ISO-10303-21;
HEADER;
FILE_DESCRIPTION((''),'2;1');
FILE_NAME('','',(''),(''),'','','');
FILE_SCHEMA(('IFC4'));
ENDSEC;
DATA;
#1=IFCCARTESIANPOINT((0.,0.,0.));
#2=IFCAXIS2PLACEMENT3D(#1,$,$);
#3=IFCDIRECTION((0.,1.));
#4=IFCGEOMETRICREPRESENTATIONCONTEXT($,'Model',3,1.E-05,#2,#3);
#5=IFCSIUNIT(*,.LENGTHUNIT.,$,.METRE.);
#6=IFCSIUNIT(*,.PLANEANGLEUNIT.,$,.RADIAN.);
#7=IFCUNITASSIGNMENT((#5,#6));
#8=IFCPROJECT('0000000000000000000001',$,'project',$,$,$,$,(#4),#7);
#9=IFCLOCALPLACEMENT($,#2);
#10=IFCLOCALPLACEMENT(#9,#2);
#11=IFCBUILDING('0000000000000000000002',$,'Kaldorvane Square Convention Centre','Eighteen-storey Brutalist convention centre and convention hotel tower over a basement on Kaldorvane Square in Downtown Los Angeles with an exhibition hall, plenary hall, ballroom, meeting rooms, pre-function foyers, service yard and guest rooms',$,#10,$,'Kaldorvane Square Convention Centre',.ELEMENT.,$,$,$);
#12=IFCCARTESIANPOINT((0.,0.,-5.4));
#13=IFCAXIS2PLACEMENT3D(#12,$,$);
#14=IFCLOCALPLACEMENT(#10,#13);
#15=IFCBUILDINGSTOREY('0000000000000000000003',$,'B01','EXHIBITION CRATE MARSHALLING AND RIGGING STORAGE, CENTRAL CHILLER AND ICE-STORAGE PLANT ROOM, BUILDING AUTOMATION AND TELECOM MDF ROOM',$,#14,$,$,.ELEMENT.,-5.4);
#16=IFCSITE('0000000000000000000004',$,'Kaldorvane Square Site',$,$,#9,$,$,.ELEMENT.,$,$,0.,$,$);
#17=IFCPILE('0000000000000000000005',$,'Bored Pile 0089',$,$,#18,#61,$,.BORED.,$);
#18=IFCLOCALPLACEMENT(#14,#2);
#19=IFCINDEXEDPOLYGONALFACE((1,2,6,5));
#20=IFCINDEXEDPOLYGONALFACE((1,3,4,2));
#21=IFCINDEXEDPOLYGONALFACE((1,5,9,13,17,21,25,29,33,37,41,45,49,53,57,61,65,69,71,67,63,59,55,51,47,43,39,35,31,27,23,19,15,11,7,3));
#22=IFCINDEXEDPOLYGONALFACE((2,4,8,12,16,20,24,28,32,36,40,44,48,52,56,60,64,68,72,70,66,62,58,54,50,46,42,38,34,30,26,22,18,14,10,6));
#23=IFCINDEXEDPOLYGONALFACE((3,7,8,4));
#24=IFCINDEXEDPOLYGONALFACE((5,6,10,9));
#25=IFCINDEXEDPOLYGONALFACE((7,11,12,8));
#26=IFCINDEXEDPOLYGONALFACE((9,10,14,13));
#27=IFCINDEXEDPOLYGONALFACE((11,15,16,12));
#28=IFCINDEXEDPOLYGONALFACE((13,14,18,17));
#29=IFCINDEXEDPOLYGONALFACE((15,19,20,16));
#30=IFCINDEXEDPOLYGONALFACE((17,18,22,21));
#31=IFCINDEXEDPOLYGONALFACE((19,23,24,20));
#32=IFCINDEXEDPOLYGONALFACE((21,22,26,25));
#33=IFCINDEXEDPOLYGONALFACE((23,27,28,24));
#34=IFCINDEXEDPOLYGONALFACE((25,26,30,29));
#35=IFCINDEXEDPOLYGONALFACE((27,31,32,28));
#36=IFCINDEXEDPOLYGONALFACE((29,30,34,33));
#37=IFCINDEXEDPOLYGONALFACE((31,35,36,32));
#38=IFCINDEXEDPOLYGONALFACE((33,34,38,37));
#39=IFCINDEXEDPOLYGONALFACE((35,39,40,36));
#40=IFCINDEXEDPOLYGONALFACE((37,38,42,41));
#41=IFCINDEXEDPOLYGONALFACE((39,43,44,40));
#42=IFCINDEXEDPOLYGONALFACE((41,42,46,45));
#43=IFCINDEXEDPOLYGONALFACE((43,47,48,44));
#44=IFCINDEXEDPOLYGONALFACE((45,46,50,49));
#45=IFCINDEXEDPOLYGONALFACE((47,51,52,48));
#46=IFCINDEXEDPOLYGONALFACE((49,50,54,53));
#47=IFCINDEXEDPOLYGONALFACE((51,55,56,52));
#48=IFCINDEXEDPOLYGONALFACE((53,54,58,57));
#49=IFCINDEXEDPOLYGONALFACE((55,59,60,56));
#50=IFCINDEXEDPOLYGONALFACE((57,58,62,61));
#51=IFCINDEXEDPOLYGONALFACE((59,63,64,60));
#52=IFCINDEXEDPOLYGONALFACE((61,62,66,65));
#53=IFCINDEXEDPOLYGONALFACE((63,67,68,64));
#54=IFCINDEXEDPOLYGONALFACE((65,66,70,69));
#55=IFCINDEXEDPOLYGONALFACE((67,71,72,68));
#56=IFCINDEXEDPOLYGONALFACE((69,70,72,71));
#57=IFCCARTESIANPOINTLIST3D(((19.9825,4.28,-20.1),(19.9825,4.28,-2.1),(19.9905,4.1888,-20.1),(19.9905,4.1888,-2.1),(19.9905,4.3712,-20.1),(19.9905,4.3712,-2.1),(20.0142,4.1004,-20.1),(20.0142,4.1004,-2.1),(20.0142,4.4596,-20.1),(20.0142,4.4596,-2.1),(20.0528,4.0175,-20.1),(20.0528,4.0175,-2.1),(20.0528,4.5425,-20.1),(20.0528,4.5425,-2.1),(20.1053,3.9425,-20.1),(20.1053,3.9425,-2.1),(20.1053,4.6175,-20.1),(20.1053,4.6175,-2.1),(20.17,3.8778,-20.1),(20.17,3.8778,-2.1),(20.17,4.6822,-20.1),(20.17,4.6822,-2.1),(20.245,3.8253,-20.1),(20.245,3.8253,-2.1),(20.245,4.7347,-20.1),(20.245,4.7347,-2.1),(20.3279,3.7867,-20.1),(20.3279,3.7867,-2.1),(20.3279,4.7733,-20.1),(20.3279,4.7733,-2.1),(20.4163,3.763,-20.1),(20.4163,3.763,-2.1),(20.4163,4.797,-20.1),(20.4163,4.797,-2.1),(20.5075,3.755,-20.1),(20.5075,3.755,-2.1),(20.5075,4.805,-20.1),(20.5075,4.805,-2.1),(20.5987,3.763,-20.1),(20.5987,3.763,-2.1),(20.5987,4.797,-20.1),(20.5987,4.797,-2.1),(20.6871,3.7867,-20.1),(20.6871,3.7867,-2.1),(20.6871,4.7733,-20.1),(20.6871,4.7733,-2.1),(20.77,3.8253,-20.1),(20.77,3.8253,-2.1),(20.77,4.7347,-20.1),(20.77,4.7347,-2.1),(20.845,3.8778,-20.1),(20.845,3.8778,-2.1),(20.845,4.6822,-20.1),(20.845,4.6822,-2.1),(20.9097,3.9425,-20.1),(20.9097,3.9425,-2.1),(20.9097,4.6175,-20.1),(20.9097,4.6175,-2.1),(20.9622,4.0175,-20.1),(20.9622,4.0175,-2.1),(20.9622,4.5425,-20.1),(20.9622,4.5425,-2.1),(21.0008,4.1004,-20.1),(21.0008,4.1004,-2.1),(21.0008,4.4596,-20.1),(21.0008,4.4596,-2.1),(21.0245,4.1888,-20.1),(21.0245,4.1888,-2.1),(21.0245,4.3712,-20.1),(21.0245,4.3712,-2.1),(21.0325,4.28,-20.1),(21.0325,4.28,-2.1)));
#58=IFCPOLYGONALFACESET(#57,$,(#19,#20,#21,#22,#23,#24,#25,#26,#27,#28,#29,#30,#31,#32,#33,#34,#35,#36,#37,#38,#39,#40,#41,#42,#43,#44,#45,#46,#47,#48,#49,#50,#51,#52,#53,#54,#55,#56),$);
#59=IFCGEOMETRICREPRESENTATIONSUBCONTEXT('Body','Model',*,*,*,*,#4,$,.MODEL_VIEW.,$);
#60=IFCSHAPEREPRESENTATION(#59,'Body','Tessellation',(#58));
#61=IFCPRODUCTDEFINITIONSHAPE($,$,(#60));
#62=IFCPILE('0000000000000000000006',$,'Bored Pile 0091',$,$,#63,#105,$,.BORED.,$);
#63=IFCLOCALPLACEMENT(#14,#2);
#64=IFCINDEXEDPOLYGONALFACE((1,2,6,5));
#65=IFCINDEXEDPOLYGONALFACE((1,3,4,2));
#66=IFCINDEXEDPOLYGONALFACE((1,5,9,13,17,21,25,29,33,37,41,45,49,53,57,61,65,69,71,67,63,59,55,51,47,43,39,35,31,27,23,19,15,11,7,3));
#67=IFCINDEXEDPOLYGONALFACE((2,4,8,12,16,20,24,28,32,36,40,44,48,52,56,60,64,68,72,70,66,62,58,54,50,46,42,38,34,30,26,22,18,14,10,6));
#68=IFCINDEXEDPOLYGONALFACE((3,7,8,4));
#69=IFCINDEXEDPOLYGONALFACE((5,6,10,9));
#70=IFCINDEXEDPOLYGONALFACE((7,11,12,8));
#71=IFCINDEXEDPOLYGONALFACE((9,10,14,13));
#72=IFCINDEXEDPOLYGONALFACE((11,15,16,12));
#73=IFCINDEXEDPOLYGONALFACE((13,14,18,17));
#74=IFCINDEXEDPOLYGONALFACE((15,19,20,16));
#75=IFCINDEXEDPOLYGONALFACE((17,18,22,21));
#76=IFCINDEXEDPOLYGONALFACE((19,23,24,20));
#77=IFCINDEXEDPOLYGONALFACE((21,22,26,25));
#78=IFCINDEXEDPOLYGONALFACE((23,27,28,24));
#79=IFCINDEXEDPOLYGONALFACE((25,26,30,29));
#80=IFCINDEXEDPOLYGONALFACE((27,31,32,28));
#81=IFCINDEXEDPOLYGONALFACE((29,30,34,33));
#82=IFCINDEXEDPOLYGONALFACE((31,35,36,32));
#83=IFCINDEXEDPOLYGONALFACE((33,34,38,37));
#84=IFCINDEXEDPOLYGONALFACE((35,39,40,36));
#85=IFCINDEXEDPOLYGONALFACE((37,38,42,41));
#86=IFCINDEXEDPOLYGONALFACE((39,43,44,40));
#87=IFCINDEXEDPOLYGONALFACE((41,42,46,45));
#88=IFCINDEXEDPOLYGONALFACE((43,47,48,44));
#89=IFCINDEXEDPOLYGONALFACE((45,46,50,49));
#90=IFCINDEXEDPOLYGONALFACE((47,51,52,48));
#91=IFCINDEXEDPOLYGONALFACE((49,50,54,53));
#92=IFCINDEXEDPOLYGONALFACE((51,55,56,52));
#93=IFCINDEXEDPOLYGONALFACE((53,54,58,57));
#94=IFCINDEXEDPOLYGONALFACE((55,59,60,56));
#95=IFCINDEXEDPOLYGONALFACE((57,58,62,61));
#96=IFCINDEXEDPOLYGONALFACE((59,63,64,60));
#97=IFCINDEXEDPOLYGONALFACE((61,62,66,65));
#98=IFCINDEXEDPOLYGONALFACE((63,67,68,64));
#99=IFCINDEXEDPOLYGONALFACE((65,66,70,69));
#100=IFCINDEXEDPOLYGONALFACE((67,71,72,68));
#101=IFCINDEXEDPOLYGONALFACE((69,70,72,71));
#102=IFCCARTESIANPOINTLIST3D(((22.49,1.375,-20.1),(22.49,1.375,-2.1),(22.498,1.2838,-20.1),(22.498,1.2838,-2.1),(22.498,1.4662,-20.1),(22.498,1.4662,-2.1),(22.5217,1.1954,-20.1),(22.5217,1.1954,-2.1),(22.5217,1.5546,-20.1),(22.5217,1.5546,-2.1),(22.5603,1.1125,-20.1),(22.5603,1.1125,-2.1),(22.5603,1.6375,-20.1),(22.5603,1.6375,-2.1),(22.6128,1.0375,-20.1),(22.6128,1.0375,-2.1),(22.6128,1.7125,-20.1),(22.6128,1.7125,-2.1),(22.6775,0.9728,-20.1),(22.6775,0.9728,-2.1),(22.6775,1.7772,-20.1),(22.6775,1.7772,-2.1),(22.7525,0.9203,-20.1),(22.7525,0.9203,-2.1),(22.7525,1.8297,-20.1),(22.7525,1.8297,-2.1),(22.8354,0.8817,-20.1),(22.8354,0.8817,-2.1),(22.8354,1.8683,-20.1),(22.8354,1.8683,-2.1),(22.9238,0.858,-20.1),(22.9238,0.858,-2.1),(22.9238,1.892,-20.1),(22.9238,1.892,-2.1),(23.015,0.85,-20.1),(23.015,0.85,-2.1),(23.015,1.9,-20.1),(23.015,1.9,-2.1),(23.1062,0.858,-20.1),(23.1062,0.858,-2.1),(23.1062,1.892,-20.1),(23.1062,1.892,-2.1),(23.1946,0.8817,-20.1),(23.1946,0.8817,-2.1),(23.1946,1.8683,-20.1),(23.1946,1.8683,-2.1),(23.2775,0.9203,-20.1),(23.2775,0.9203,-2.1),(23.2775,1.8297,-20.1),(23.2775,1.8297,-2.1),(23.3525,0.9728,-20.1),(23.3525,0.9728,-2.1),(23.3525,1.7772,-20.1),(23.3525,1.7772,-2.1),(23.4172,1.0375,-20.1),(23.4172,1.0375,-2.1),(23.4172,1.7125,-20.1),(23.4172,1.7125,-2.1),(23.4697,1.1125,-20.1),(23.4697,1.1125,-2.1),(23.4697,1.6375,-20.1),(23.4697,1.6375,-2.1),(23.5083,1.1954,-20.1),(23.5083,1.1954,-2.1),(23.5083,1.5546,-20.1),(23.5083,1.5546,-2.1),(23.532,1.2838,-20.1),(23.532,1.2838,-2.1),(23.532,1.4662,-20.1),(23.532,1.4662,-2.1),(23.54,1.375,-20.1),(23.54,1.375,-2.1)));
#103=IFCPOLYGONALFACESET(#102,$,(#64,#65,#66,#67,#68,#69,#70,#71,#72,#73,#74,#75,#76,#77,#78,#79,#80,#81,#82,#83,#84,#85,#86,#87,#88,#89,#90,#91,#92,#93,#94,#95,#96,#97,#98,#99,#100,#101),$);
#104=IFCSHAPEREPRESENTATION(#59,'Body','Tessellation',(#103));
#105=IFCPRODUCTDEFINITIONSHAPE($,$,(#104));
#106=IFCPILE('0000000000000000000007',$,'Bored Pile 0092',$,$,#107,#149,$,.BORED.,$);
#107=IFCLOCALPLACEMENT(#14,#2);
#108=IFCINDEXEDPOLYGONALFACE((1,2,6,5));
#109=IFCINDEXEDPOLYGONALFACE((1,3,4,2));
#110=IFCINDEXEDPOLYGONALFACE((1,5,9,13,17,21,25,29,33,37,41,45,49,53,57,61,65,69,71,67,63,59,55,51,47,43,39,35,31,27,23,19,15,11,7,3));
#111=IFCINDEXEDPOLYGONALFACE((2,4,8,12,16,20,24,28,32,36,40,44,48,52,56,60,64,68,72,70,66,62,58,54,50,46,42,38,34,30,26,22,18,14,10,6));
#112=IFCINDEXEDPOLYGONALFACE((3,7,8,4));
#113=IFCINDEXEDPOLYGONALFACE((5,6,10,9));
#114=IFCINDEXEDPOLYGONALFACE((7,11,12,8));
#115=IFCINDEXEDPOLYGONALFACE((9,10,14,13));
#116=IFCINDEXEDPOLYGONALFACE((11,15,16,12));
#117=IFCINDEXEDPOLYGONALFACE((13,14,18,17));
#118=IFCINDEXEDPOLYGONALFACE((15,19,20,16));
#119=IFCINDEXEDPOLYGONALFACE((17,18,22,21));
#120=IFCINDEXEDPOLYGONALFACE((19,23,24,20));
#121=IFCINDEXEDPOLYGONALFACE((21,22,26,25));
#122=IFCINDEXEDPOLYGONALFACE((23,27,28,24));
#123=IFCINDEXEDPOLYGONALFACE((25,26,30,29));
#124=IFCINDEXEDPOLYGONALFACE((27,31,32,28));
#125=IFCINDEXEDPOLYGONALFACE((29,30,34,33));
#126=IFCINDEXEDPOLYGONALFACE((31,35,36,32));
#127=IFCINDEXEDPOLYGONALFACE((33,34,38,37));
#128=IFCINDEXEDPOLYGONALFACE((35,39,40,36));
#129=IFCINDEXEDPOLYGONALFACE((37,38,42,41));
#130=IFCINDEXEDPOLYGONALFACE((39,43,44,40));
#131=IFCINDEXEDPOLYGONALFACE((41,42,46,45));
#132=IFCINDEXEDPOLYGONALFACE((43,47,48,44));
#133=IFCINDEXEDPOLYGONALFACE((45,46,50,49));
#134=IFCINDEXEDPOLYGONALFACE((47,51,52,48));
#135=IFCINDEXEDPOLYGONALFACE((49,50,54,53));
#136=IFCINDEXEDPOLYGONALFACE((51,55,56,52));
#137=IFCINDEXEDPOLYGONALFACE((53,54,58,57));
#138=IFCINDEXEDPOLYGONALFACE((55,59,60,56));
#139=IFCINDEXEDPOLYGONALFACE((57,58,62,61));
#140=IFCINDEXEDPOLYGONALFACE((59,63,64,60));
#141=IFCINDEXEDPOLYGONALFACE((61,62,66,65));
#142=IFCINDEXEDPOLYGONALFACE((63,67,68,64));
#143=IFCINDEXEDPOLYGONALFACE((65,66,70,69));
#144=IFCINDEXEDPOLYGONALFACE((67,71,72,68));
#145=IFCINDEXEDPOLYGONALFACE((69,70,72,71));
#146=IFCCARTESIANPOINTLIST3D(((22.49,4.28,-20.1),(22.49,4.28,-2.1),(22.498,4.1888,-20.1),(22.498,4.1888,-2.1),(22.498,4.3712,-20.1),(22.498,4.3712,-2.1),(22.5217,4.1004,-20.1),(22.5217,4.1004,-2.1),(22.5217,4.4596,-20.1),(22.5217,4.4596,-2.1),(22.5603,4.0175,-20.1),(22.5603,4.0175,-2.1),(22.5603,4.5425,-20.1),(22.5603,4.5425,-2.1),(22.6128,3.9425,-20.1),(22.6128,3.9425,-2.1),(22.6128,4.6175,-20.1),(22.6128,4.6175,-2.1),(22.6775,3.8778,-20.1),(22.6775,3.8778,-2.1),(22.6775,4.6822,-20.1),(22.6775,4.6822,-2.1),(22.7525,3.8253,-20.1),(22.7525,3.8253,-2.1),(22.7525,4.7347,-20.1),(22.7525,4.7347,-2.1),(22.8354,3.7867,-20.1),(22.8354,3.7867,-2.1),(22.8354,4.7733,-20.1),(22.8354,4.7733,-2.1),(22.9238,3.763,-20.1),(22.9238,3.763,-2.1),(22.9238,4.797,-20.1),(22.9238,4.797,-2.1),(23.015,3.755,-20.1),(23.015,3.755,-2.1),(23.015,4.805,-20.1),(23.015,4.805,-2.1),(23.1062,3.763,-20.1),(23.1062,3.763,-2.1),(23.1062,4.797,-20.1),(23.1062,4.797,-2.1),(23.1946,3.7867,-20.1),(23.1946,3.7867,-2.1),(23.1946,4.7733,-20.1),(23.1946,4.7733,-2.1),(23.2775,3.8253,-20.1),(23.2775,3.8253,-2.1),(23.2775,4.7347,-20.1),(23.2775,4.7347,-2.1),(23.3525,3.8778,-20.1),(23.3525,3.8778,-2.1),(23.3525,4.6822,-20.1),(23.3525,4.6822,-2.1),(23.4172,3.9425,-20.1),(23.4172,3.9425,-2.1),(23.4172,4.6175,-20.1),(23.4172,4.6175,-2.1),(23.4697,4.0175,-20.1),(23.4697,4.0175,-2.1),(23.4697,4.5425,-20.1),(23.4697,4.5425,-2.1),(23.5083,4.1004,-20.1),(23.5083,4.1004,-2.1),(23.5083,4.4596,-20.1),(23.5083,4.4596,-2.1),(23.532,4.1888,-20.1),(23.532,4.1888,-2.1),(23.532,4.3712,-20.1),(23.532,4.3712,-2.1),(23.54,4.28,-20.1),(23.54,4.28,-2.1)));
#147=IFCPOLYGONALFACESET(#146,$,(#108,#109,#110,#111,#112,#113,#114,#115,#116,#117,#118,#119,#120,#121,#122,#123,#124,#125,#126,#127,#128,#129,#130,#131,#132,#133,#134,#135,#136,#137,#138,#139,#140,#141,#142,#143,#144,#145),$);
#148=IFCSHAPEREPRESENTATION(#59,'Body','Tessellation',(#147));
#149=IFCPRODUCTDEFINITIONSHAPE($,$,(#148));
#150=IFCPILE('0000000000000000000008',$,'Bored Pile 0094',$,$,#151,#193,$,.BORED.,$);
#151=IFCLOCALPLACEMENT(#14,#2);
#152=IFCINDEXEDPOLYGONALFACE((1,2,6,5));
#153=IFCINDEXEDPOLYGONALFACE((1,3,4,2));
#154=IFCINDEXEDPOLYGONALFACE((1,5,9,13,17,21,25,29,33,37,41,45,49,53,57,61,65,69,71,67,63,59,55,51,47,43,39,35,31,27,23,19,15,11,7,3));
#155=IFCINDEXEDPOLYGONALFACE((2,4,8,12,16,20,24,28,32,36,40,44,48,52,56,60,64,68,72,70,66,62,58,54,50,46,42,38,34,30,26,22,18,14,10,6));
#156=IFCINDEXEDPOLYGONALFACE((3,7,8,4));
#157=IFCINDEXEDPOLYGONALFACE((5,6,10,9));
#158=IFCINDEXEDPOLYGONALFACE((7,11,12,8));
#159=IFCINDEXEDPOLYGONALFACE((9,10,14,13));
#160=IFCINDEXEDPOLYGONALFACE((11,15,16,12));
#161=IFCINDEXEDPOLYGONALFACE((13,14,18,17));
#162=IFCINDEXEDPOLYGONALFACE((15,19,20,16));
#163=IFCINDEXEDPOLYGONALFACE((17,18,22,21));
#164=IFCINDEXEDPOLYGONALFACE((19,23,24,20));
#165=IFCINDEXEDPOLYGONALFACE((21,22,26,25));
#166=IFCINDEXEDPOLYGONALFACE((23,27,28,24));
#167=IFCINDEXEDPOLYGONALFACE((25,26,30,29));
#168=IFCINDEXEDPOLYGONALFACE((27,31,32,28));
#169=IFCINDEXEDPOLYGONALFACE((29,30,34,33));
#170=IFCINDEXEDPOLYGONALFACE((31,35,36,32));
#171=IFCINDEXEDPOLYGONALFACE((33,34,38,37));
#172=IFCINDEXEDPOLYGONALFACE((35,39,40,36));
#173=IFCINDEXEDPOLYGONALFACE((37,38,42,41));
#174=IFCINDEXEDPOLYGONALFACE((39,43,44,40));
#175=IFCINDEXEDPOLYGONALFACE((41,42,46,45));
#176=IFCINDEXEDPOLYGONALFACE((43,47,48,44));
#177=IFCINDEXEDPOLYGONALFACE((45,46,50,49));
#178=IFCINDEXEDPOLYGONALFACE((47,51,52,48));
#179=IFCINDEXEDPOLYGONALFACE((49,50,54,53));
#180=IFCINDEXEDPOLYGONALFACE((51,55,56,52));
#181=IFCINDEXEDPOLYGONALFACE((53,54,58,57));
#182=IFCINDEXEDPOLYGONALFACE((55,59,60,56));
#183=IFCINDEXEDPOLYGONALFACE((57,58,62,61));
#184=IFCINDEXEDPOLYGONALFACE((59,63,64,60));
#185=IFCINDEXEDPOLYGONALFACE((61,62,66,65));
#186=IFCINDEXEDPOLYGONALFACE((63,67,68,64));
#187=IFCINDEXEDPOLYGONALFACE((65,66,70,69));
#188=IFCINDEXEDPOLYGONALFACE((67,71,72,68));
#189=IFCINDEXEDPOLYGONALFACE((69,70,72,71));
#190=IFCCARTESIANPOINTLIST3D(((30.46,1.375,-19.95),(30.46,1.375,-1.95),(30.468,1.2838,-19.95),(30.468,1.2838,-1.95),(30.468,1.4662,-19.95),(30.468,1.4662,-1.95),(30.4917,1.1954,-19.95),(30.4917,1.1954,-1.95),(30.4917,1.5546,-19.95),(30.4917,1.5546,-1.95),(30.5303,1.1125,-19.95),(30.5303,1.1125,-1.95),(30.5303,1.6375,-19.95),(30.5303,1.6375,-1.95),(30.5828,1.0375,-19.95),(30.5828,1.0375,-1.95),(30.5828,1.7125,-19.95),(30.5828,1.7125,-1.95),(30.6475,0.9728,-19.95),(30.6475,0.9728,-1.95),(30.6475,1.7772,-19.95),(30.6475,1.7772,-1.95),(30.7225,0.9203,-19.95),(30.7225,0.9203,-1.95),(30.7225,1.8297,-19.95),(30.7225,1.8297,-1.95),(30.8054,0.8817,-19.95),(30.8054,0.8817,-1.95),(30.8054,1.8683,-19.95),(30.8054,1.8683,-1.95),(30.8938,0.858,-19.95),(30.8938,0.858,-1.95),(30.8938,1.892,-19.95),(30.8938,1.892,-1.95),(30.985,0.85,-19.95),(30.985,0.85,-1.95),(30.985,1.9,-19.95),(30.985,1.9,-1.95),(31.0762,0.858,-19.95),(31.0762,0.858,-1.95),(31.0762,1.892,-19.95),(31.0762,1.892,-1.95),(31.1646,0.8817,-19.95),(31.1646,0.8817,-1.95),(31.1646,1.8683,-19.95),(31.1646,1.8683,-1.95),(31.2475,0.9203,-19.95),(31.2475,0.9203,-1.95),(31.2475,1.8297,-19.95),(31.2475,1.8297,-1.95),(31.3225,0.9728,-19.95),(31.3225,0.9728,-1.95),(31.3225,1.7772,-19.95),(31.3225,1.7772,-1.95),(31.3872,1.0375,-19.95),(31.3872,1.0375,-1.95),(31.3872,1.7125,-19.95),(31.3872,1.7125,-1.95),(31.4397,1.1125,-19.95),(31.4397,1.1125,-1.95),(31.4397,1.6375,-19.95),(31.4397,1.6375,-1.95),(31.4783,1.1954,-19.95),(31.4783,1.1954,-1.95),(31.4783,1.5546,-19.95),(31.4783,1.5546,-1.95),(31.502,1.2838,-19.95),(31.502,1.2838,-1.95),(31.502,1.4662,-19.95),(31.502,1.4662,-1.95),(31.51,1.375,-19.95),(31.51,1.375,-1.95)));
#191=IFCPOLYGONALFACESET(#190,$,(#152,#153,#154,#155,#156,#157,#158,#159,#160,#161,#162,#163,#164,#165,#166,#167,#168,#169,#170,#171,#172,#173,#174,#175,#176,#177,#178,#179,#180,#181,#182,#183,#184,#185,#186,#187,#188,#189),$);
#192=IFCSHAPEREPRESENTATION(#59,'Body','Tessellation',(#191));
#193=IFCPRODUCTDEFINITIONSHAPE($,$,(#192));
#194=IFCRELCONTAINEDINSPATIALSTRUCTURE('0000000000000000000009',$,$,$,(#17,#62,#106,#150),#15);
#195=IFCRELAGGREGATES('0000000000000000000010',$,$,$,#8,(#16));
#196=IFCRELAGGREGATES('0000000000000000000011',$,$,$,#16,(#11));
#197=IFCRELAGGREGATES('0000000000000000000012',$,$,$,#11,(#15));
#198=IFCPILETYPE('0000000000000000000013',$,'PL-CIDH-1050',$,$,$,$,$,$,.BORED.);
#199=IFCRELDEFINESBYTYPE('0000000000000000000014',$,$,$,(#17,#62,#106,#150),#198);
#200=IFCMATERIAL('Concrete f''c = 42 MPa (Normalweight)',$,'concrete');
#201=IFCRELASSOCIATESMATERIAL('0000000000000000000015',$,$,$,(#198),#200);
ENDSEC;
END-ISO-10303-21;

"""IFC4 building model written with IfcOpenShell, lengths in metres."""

from ifc_helpers import new_model, si_unit, direction, frame, origin, origin_2d, place, context, subcontext, project, spatial, circle, extrude, material, material_profile, profile_set, type_object, element, save


model = new_model("IFC4")

# Units and contexts
model_context = context("Model", 3, precision=1e-05, world=origin(), true_north=direction((0.0, 1.0)))
body_context = subcontext(model_context, "Body", "Model", "MODEL_VIEW")
ifc_project = project(units=[si_unit("LENGTHUNIT", "METRE"), si_unit("PLANEANGLEUNIT", "RADIAN")], contexts=[model_context])

# Site, building, storey
site_placement = place(None, origin())
site = spatial("IfcSite", under=ifc_project, at=site_placement, Name="Kaldorvane Square Site", CompositionType="ELEMENT", RefElevation=0.0)
building_placement = place(site_placement, origin())
building = spatial("IfcBuilding", under=site, at=building_placement, Name="Kaldorvane Square Convention Centre", Description="Eighteen-storey Brutalist convention centre and convention hotel tower over a basement on Kaldorvane Square in Downtown Los Angeles with an exhibition hall, plenary hall, ballroom, meeting rooms, pre-function foyers, service yard and guest rooms", LongName="Kaldorvane Square Convention Centre", CompositionType="ELEMENT")
storey_placement = place(building_placement, frame((0.0, 0.0, -5.4)))
storey = spatial("IfcBuildingStorey", under=building, at=storey_placement, Name="B01", Description="EXHIBITION CRATE MARSHALLING AND RIGGING STORAGE, CENTRAL CHILLER AND ICE-STORAGE PLANT ROOM, BUILDING AUTOMATION AND TELECOM MDF ROOM", CompositionType="ELEMENT", Elevation=-5.4)

# Shared definitions
ifc_material_1 = material(Name="Concrete f'c = 42 MPa (Normalweight)", Category="concrete")

# Piles
ifc_material_profile_1 = material_profile(ifc_material_1, circle(Radius=0.525, at=origin_2d()), Name="PILE-D1050")
ifc_profile_set_1 = profile_set([ifc_material_profile_1], Name="Concrete f'c = 42 MPa (Normalweight)")
pile_type = type_object("IfcPileType", Name="PL-CIDH-1050", PredefinedType="BORED", material=ifc_profile_set_1)
for number, where, z_axis, x_axis, name in (
    (1, (20.5075, 4.28, -2.1), (0.0, 0.0, -1.0), (1.0, 0.0, 0.0), "Bored Pile 0089"),
    (2, (23.015, 1.375, -2.1), (0.0, 0.0, -1.0), (1.0, 0.0, 0.0), "Bored Pile 0091"),
    (3, (23.015, 4.28, -2.1), (0.0, 0.0, -1.0), (1.0, 0.0, 0.0), "Bored Pile 0092"),
    (4, (30.985, 1.375, -1.95), (0.0, 0.0, -1.0), (1.0, 0.0, 0.0), "Bored Pile 0094"),
):
    element("IfcPile", number, at=place(storey_placement, frame(where, z_axis=z_axis, x_axis=x_axis)), inside=storey, type_object=pile_type, Name=name, PredefinedType="BORED", context=body_context, shape_type="SweptSolid", body=[
        extrude(circle(Radius=0.525, at=origin_2d()), origin(), (0.0, 0.0, 1.0), 18.0),
    ])

save(model, "model.ifc")
